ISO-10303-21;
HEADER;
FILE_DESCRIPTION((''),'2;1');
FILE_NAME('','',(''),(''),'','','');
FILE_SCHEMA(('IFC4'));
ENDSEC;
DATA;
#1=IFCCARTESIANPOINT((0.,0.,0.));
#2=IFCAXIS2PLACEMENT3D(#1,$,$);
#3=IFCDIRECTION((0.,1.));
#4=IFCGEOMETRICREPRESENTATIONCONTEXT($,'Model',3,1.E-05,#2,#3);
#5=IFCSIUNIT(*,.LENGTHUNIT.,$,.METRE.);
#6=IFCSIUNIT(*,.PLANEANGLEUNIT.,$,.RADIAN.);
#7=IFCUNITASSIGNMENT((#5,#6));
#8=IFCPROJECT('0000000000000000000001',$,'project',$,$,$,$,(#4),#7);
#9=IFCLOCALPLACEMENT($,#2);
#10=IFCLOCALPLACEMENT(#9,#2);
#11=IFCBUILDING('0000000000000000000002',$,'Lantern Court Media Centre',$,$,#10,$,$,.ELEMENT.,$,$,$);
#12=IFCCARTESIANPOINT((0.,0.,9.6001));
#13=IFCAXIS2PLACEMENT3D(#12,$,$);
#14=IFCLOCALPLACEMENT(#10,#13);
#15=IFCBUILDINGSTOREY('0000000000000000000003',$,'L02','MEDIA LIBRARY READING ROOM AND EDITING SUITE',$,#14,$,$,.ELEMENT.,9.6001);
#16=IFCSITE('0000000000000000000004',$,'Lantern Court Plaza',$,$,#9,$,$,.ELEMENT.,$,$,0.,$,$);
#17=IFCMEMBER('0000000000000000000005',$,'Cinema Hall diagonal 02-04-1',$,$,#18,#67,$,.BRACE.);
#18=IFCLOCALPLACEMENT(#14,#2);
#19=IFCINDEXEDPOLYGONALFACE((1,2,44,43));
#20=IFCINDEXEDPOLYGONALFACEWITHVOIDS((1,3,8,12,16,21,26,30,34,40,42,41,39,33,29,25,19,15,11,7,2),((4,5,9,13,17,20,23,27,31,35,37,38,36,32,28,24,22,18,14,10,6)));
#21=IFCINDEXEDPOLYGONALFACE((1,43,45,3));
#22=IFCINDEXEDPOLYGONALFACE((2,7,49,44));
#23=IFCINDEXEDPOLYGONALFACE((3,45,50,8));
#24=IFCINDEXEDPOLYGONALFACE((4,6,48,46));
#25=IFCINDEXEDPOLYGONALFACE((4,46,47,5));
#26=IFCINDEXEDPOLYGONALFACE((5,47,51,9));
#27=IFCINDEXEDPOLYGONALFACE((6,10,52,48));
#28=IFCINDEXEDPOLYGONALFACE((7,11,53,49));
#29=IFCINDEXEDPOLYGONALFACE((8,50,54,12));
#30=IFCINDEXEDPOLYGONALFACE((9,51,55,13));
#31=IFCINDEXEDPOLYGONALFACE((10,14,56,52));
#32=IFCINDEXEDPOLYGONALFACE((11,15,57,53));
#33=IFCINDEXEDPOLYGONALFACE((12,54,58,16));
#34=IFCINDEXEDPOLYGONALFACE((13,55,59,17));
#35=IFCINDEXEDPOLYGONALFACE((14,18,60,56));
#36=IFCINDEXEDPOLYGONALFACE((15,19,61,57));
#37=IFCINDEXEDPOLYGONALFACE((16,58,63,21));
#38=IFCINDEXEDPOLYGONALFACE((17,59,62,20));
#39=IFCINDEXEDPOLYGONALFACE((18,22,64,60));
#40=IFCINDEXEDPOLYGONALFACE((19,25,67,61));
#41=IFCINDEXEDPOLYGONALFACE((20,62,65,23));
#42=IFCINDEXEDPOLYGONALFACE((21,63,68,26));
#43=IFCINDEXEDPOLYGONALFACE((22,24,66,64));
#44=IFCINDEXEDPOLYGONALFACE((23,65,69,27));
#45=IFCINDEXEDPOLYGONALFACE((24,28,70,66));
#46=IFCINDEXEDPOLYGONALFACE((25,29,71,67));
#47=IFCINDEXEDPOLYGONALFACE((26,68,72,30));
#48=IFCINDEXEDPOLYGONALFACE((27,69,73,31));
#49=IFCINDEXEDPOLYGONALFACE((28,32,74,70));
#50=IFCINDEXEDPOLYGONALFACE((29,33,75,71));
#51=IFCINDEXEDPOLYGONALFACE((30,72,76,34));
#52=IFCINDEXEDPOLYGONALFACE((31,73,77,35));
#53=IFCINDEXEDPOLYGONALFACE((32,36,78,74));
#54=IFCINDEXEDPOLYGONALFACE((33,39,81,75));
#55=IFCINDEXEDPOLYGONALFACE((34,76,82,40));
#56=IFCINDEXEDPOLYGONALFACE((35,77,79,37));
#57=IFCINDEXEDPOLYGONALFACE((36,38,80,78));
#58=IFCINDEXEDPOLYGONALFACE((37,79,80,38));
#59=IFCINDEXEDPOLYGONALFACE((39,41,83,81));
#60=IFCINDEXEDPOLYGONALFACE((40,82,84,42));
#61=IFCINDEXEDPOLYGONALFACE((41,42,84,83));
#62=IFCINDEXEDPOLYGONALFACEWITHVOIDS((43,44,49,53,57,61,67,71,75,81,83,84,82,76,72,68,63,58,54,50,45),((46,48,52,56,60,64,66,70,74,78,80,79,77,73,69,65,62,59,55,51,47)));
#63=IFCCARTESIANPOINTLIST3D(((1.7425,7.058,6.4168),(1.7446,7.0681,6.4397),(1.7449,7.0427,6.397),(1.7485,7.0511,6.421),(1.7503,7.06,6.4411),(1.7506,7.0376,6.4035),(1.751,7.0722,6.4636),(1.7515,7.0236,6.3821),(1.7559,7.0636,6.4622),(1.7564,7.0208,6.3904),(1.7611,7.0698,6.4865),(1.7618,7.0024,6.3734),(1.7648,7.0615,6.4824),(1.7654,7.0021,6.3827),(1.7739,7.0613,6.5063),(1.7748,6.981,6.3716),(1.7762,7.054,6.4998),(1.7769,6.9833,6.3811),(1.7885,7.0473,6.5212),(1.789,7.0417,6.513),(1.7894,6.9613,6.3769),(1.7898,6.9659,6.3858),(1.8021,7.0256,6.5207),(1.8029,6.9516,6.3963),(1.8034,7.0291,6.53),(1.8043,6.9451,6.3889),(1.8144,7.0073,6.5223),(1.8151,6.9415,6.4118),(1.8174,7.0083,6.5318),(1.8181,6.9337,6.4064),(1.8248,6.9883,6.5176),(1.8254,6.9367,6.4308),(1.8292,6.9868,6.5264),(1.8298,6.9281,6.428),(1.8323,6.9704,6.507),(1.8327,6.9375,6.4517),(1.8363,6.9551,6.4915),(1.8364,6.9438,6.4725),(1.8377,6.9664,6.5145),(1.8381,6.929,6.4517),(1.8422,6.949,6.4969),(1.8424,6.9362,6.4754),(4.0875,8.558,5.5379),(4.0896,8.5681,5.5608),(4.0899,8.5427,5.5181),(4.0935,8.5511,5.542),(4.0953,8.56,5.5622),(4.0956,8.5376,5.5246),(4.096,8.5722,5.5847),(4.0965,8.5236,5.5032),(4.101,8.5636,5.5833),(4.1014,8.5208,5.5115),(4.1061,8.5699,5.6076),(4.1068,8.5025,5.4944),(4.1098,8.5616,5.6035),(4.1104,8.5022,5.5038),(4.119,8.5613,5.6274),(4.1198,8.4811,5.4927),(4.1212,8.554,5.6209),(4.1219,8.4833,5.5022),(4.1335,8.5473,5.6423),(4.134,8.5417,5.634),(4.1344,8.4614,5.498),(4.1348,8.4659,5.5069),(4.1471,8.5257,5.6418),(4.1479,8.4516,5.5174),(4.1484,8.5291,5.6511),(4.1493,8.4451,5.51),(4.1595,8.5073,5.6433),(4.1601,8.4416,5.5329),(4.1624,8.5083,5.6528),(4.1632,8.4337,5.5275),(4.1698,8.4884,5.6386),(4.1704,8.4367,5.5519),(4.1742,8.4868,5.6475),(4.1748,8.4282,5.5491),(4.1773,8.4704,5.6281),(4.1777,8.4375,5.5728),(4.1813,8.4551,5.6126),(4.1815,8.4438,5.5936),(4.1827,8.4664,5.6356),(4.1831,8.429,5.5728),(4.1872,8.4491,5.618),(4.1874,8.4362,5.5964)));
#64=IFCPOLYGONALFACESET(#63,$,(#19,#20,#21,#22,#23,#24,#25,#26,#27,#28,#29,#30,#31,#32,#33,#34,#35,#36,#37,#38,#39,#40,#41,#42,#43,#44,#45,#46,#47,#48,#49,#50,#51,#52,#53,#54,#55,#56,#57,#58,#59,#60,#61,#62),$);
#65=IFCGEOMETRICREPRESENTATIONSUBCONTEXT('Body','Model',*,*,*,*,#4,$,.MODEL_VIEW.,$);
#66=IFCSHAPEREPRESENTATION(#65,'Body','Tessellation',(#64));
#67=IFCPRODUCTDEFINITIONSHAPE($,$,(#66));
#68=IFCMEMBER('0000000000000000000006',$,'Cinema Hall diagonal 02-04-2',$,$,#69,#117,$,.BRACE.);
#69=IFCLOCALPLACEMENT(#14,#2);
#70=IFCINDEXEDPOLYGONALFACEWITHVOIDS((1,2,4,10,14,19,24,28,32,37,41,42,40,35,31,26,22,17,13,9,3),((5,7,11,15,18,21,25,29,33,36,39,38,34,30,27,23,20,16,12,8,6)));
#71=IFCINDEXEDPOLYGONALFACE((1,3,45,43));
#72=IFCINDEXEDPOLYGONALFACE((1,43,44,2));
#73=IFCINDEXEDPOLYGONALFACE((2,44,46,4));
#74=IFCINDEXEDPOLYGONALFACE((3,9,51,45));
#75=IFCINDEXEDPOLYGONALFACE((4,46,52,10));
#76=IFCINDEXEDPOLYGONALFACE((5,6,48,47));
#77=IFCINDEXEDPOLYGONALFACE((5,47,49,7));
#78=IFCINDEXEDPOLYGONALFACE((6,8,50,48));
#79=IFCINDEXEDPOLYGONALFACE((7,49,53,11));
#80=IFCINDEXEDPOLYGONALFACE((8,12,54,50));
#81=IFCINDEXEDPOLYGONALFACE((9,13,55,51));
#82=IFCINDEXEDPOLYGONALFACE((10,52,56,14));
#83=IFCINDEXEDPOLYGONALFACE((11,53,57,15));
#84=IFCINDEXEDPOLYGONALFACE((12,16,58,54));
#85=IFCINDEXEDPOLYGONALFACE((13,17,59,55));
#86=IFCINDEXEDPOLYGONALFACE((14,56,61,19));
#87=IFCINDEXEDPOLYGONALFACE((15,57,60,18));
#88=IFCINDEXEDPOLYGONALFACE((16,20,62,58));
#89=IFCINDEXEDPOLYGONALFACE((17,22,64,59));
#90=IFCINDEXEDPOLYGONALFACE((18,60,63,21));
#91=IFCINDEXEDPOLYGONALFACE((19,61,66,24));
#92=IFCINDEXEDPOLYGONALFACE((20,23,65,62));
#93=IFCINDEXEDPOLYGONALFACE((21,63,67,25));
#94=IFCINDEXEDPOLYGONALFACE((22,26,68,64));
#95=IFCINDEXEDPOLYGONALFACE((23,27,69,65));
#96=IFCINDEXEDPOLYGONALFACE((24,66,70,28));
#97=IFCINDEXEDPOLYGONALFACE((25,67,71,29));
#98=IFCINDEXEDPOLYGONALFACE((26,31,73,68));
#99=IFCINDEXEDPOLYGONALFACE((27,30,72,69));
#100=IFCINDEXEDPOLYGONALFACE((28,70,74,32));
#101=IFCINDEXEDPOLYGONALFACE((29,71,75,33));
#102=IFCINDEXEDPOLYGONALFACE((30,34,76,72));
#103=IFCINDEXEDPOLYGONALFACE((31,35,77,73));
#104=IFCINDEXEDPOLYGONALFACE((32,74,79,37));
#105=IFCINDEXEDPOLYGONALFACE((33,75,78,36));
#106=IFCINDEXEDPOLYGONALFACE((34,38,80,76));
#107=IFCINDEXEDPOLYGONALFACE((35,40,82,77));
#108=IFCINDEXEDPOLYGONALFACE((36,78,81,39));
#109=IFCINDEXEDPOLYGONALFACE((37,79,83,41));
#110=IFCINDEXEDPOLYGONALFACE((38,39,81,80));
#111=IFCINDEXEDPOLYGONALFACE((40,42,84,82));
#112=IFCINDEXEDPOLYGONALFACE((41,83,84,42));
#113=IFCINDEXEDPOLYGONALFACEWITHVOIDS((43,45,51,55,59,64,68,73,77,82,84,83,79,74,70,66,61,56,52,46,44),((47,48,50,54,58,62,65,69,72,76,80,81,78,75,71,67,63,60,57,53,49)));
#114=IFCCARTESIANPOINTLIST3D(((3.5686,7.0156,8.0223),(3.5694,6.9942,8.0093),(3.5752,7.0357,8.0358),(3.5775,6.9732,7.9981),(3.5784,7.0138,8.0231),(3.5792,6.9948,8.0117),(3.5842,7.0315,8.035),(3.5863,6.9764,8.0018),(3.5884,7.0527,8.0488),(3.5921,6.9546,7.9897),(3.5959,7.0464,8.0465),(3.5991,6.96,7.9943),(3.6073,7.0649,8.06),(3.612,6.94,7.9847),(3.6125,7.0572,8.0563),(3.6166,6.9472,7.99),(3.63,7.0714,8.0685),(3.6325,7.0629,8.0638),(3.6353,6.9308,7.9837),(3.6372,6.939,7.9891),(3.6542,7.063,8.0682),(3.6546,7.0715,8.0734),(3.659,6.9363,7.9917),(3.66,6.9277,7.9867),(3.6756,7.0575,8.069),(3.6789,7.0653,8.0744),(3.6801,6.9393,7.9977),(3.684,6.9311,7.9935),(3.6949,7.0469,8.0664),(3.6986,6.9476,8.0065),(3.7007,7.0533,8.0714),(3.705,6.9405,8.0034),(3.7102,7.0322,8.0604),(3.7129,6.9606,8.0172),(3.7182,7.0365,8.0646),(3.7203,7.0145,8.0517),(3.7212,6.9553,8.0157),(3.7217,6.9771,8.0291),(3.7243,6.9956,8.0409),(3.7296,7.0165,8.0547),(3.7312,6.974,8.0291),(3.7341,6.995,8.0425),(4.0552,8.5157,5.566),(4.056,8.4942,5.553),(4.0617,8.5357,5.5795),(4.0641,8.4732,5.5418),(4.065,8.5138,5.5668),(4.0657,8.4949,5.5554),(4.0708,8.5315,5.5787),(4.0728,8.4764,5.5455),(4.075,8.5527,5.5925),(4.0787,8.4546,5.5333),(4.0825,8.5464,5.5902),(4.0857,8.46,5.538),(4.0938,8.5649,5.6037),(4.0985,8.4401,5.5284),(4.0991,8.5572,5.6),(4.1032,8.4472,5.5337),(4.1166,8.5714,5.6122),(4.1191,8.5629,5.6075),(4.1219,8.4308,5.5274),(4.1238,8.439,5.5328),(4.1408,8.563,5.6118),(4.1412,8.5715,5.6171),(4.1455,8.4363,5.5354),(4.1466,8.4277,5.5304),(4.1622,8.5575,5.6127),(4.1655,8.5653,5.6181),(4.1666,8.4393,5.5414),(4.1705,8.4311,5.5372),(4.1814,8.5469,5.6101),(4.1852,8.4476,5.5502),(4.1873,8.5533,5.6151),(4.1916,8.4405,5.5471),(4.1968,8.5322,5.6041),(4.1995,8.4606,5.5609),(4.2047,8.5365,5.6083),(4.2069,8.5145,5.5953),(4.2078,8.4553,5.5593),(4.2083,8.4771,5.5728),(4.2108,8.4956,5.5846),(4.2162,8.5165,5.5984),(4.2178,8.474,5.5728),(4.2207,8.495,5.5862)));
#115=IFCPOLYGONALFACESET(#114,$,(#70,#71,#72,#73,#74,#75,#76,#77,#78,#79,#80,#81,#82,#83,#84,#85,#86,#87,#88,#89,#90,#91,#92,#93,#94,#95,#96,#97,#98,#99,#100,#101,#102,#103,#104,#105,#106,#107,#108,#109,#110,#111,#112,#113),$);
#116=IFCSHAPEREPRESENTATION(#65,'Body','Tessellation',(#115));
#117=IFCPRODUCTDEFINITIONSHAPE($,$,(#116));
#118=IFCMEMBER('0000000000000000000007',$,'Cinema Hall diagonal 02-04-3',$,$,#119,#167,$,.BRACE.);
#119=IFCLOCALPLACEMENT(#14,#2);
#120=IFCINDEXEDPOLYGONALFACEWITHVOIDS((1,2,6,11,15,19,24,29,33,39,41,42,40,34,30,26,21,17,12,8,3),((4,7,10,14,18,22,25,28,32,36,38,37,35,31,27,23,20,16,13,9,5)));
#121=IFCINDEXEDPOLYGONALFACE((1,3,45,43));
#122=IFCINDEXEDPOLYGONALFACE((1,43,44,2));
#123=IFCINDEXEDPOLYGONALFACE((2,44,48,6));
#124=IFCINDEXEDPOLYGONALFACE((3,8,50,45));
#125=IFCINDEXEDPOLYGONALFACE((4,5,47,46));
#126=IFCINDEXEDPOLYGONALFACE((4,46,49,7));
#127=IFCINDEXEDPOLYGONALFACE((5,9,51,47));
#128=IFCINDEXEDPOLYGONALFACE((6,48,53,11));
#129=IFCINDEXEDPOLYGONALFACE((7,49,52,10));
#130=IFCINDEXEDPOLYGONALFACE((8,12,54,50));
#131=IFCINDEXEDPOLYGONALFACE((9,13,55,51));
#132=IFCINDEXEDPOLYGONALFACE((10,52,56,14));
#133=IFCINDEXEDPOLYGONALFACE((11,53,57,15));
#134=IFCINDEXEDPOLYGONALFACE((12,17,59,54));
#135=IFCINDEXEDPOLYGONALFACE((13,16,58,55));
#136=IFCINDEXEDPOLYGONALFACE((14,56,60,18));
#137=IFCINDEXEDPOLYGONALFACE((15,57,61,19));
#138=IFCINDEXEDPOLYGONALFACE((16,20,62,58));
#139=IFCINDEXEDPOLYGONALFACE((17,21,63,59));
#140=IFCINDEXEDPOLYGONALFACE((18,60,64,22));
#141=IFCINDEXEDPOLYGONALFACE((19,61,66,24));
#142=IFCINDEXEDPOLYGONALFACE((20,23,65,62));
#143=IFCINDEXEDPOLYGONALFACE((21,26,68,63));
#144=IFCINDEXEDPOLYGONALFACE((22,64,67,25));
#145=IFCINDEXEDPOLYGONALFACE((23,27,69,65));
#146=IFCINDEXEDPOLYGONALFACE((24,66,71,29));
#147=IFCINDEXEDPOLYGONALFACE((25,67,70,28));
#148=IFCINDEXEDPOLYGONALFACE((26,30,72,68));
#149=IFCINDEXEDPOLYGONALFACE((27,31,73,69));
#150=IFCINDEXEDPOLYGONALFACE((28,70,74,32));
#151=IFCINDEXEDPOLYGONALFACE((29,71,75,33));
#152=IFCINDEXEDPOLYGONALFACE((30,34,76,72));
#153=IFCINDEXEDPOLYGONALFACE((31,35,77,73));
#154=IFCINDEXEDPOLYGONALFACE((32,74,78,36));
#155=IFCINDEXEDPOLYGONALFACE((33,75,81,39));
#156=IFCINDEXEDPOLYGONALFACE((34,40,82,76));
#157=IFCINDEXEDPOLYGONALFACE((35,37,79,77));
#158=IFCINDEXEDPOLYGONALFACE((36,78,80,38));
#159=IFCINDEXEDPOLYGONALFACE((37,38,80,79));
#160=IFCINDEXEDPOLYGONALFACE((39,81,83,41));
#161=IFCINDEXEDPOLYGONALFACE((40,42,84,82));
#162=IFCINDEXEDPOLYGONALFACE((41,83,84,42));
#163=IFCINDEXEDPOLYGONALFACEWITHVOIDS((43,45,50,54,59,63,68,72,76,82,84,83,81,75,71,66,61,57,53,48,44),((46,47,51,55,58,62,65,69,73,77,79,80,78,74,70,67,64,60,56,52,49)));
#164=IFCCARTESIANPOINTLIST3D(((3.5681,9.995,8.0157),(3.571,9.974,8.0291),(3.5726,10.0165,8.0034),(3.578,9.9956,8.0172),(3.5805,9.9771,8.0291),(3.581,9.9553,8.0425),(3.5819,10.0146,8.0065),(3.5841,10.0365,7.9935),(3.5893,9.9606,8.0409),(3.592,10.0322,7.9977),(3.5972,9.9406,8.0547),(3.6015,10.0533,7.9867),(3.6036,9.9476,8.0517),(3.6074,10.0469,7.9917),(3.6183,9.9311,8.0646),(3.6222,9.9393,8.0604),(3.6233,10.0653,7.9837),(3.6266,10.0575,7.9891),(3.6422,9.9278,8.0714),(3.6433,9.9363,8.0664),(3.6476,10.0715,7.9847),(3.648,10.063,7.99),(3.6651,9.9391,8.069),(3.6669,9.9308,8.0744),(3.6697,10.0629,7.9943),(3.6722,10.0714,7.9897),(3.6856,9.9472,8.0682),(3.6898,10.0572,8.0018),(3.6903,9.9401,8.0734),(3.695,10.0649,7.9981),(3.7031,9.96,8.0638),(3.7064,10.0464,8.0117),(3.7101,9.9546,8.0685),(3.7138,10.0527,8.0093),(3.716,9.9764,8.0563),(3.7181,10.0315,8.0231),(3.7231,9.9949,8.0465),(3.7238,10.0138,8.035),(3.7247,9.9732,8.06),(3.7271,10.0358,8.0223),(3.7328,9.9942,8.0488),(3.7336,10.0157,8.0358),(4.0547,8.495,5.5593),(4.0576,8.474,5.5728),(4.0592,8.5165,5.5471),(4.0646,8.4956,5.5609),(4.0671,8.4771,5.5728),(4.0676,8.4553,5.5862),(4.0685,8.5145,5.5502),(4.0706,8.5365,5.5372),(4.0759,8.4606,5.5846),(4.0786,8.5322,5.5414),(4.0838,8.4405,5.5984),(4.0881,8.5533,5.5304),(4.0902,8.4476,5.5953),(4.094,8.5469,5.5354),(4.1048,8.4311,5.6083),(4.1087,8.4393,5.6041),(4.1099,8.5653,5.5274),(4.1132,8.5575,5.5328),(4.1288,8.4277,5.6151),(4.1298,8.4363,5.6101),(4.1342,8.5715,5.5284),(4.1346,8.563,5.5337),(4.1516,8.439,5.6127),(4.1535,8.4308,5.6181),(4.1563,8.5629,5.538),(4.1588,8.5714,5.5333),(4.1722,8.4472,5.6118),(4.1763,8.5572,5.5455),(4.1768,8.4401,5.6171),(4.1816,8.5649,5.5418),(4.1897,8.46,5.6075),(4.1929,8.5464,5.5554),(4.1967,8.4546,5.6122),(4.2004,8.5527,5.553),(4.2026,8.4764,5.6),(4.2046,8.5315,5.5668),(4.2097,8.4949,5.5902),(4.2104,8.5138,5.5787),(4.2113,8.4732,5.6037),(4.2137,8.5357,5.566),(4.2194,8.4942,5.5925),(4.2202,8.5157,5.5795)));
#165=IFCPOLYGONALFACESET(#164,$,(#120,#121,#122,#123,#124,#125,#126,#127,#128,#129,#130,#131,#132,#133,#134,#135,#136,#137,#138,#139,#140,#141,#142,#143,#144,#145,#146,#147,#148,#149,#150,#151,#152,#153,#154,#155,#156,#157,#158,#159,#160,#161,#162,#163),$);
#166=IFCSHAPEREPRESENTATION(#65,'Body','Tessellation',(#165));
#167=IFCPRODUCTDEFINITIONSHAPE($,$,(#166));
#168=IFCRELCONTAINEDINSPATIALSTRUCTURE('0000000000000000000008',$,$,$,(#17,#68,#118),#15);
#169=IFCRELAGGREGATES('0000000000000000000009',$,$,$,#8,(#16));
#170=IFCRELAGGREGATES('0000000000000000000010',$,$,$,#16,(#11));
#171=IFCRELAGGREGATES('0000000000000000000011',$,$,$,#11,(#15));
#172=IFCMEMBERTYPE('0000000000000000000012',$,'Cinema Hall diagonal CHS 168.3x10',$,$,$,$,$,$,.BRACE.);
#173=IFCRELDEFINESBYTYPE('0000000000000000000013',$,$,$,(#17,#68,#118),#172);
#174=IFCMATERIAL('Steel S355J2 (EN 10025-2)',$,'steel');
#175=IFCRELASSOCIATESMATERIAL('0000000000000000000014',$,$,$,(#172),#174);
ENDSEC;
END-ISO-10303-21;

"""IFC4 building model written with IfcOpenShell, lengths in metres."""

from ifc_helpers import new_model, si_unit, direction, frame, origin, origin_2d, place, context, subcontext, project, spatial, hollow_circle, extrude, material, material_profile, profile_set, type_object, element, save


model = new_model("IFC4")

# Units and contexts
model_context = context("Model", 3, precision=1e-05, world=origin(), true_north=direction((0.0, 1.0)))
body_context = subcontext(model_context, "Body", "Model", "MODEL_VIEW")
ifc_project = project(units=[si_unit("LENGTHUNIT", "METRE"), si_unit("PLANEANGLEUNIT", "RADIAN")], contexts=[model_context])

# Site, building, storey
site_placement = place(None, origin())
site = spatial("IfcSite", under=ifc_project, at=site_placement, Name="Lantern Court Plaza", CompositionType="ELEMENT", RefElevation=0.0)
building_placement = place(site_placement, origin())
building = spatial("IfcBuilding", under=site, at=building_placement, Name="Lantern Court Media Centre", CompositionType="ELEMENT")
storey_placement = place(building_placement, frame((0.0, 0.0, 9.6001)))
storey = spatial("IfcBuildingStorey", under=building, at=storey_placement, Name="L02", Description="MEDIA LIBRARY READING ROOM AND EDITING SUITE", CompositionType="ELEMENT", Elevation=9.6001)

# Members
ifc_material = material(Name="Steel S355J2 (EN 10025-2)", Category="steel")
ifc_material_profile_1 = material_profile(ifc_material, hollow_circle(Radius=0.0842, WallThickness=0.01, at=origin_2d()), Name="Cinema Hall diagonal CHS 168.3x10")
ifc_profile_set_1 = profile_set([ifc_material_profile_1], Name="Steel S355J2 (EN 10025-2)")
member_type_1 = type_object("IfcMemberType", Name="Cinema Hall diagonal CHS 168.3x10", PredefinedType="BRACE", material=ifc_profile_set_1)
member_1_placement = place(storey_placement, frame((4.1377, 8.5, 5.5728), z_axis=(-0.803309, -0.51385, 0.301084), x_axis=(0.538855, -0.842399, 0.0)))
element("IfcMember", 1, at=member_1_placement, inside=storey, type_object=member_type_1, Name="Cinema Hall diagonal 02-04-1", PredefinedType="BRACE", context=body_context, shape_type="SweptSolid", body=[
    extrude(hollow_circle(Radius=0.0842, WallThickness=0.01, at=origin_2d()), origin(), (0.0, 0.0, 1.0), 2.9192),
])
for number, where, z_axis, x_axis, name in (
    (2, (4.1377, 8.5, 5.5728), (-0.166695, -0.513887, 0.841506), (0.951207, -0.308554, 0.0), "Cinema Hall diagonal 02-04-2"),
    (3, (4.1377, 8.5, 5.5728), (-0.166695, 0.513887, 0.841506), (-0.951207, -0.308554, 0.0), "Cinema Hall diagonal 02-04-3"),
):
    element("IfcMember", number, at=place(storey_placement, frame(where, z_axis=z_axis, x_axis=x_axis)), inside=storey, type_object=member_type_1, Name=name, PredefinedType="BRACE", context=body_context, shape_type="SweptSolid", body=[
        extrude(hollow_circle(Radius=0.0842, WallThickness=0.01, at=origin_2d()), origin(), (0.0, 0.0, 1.0), 2.9189),
    ])

save(model, "model.ifc")
